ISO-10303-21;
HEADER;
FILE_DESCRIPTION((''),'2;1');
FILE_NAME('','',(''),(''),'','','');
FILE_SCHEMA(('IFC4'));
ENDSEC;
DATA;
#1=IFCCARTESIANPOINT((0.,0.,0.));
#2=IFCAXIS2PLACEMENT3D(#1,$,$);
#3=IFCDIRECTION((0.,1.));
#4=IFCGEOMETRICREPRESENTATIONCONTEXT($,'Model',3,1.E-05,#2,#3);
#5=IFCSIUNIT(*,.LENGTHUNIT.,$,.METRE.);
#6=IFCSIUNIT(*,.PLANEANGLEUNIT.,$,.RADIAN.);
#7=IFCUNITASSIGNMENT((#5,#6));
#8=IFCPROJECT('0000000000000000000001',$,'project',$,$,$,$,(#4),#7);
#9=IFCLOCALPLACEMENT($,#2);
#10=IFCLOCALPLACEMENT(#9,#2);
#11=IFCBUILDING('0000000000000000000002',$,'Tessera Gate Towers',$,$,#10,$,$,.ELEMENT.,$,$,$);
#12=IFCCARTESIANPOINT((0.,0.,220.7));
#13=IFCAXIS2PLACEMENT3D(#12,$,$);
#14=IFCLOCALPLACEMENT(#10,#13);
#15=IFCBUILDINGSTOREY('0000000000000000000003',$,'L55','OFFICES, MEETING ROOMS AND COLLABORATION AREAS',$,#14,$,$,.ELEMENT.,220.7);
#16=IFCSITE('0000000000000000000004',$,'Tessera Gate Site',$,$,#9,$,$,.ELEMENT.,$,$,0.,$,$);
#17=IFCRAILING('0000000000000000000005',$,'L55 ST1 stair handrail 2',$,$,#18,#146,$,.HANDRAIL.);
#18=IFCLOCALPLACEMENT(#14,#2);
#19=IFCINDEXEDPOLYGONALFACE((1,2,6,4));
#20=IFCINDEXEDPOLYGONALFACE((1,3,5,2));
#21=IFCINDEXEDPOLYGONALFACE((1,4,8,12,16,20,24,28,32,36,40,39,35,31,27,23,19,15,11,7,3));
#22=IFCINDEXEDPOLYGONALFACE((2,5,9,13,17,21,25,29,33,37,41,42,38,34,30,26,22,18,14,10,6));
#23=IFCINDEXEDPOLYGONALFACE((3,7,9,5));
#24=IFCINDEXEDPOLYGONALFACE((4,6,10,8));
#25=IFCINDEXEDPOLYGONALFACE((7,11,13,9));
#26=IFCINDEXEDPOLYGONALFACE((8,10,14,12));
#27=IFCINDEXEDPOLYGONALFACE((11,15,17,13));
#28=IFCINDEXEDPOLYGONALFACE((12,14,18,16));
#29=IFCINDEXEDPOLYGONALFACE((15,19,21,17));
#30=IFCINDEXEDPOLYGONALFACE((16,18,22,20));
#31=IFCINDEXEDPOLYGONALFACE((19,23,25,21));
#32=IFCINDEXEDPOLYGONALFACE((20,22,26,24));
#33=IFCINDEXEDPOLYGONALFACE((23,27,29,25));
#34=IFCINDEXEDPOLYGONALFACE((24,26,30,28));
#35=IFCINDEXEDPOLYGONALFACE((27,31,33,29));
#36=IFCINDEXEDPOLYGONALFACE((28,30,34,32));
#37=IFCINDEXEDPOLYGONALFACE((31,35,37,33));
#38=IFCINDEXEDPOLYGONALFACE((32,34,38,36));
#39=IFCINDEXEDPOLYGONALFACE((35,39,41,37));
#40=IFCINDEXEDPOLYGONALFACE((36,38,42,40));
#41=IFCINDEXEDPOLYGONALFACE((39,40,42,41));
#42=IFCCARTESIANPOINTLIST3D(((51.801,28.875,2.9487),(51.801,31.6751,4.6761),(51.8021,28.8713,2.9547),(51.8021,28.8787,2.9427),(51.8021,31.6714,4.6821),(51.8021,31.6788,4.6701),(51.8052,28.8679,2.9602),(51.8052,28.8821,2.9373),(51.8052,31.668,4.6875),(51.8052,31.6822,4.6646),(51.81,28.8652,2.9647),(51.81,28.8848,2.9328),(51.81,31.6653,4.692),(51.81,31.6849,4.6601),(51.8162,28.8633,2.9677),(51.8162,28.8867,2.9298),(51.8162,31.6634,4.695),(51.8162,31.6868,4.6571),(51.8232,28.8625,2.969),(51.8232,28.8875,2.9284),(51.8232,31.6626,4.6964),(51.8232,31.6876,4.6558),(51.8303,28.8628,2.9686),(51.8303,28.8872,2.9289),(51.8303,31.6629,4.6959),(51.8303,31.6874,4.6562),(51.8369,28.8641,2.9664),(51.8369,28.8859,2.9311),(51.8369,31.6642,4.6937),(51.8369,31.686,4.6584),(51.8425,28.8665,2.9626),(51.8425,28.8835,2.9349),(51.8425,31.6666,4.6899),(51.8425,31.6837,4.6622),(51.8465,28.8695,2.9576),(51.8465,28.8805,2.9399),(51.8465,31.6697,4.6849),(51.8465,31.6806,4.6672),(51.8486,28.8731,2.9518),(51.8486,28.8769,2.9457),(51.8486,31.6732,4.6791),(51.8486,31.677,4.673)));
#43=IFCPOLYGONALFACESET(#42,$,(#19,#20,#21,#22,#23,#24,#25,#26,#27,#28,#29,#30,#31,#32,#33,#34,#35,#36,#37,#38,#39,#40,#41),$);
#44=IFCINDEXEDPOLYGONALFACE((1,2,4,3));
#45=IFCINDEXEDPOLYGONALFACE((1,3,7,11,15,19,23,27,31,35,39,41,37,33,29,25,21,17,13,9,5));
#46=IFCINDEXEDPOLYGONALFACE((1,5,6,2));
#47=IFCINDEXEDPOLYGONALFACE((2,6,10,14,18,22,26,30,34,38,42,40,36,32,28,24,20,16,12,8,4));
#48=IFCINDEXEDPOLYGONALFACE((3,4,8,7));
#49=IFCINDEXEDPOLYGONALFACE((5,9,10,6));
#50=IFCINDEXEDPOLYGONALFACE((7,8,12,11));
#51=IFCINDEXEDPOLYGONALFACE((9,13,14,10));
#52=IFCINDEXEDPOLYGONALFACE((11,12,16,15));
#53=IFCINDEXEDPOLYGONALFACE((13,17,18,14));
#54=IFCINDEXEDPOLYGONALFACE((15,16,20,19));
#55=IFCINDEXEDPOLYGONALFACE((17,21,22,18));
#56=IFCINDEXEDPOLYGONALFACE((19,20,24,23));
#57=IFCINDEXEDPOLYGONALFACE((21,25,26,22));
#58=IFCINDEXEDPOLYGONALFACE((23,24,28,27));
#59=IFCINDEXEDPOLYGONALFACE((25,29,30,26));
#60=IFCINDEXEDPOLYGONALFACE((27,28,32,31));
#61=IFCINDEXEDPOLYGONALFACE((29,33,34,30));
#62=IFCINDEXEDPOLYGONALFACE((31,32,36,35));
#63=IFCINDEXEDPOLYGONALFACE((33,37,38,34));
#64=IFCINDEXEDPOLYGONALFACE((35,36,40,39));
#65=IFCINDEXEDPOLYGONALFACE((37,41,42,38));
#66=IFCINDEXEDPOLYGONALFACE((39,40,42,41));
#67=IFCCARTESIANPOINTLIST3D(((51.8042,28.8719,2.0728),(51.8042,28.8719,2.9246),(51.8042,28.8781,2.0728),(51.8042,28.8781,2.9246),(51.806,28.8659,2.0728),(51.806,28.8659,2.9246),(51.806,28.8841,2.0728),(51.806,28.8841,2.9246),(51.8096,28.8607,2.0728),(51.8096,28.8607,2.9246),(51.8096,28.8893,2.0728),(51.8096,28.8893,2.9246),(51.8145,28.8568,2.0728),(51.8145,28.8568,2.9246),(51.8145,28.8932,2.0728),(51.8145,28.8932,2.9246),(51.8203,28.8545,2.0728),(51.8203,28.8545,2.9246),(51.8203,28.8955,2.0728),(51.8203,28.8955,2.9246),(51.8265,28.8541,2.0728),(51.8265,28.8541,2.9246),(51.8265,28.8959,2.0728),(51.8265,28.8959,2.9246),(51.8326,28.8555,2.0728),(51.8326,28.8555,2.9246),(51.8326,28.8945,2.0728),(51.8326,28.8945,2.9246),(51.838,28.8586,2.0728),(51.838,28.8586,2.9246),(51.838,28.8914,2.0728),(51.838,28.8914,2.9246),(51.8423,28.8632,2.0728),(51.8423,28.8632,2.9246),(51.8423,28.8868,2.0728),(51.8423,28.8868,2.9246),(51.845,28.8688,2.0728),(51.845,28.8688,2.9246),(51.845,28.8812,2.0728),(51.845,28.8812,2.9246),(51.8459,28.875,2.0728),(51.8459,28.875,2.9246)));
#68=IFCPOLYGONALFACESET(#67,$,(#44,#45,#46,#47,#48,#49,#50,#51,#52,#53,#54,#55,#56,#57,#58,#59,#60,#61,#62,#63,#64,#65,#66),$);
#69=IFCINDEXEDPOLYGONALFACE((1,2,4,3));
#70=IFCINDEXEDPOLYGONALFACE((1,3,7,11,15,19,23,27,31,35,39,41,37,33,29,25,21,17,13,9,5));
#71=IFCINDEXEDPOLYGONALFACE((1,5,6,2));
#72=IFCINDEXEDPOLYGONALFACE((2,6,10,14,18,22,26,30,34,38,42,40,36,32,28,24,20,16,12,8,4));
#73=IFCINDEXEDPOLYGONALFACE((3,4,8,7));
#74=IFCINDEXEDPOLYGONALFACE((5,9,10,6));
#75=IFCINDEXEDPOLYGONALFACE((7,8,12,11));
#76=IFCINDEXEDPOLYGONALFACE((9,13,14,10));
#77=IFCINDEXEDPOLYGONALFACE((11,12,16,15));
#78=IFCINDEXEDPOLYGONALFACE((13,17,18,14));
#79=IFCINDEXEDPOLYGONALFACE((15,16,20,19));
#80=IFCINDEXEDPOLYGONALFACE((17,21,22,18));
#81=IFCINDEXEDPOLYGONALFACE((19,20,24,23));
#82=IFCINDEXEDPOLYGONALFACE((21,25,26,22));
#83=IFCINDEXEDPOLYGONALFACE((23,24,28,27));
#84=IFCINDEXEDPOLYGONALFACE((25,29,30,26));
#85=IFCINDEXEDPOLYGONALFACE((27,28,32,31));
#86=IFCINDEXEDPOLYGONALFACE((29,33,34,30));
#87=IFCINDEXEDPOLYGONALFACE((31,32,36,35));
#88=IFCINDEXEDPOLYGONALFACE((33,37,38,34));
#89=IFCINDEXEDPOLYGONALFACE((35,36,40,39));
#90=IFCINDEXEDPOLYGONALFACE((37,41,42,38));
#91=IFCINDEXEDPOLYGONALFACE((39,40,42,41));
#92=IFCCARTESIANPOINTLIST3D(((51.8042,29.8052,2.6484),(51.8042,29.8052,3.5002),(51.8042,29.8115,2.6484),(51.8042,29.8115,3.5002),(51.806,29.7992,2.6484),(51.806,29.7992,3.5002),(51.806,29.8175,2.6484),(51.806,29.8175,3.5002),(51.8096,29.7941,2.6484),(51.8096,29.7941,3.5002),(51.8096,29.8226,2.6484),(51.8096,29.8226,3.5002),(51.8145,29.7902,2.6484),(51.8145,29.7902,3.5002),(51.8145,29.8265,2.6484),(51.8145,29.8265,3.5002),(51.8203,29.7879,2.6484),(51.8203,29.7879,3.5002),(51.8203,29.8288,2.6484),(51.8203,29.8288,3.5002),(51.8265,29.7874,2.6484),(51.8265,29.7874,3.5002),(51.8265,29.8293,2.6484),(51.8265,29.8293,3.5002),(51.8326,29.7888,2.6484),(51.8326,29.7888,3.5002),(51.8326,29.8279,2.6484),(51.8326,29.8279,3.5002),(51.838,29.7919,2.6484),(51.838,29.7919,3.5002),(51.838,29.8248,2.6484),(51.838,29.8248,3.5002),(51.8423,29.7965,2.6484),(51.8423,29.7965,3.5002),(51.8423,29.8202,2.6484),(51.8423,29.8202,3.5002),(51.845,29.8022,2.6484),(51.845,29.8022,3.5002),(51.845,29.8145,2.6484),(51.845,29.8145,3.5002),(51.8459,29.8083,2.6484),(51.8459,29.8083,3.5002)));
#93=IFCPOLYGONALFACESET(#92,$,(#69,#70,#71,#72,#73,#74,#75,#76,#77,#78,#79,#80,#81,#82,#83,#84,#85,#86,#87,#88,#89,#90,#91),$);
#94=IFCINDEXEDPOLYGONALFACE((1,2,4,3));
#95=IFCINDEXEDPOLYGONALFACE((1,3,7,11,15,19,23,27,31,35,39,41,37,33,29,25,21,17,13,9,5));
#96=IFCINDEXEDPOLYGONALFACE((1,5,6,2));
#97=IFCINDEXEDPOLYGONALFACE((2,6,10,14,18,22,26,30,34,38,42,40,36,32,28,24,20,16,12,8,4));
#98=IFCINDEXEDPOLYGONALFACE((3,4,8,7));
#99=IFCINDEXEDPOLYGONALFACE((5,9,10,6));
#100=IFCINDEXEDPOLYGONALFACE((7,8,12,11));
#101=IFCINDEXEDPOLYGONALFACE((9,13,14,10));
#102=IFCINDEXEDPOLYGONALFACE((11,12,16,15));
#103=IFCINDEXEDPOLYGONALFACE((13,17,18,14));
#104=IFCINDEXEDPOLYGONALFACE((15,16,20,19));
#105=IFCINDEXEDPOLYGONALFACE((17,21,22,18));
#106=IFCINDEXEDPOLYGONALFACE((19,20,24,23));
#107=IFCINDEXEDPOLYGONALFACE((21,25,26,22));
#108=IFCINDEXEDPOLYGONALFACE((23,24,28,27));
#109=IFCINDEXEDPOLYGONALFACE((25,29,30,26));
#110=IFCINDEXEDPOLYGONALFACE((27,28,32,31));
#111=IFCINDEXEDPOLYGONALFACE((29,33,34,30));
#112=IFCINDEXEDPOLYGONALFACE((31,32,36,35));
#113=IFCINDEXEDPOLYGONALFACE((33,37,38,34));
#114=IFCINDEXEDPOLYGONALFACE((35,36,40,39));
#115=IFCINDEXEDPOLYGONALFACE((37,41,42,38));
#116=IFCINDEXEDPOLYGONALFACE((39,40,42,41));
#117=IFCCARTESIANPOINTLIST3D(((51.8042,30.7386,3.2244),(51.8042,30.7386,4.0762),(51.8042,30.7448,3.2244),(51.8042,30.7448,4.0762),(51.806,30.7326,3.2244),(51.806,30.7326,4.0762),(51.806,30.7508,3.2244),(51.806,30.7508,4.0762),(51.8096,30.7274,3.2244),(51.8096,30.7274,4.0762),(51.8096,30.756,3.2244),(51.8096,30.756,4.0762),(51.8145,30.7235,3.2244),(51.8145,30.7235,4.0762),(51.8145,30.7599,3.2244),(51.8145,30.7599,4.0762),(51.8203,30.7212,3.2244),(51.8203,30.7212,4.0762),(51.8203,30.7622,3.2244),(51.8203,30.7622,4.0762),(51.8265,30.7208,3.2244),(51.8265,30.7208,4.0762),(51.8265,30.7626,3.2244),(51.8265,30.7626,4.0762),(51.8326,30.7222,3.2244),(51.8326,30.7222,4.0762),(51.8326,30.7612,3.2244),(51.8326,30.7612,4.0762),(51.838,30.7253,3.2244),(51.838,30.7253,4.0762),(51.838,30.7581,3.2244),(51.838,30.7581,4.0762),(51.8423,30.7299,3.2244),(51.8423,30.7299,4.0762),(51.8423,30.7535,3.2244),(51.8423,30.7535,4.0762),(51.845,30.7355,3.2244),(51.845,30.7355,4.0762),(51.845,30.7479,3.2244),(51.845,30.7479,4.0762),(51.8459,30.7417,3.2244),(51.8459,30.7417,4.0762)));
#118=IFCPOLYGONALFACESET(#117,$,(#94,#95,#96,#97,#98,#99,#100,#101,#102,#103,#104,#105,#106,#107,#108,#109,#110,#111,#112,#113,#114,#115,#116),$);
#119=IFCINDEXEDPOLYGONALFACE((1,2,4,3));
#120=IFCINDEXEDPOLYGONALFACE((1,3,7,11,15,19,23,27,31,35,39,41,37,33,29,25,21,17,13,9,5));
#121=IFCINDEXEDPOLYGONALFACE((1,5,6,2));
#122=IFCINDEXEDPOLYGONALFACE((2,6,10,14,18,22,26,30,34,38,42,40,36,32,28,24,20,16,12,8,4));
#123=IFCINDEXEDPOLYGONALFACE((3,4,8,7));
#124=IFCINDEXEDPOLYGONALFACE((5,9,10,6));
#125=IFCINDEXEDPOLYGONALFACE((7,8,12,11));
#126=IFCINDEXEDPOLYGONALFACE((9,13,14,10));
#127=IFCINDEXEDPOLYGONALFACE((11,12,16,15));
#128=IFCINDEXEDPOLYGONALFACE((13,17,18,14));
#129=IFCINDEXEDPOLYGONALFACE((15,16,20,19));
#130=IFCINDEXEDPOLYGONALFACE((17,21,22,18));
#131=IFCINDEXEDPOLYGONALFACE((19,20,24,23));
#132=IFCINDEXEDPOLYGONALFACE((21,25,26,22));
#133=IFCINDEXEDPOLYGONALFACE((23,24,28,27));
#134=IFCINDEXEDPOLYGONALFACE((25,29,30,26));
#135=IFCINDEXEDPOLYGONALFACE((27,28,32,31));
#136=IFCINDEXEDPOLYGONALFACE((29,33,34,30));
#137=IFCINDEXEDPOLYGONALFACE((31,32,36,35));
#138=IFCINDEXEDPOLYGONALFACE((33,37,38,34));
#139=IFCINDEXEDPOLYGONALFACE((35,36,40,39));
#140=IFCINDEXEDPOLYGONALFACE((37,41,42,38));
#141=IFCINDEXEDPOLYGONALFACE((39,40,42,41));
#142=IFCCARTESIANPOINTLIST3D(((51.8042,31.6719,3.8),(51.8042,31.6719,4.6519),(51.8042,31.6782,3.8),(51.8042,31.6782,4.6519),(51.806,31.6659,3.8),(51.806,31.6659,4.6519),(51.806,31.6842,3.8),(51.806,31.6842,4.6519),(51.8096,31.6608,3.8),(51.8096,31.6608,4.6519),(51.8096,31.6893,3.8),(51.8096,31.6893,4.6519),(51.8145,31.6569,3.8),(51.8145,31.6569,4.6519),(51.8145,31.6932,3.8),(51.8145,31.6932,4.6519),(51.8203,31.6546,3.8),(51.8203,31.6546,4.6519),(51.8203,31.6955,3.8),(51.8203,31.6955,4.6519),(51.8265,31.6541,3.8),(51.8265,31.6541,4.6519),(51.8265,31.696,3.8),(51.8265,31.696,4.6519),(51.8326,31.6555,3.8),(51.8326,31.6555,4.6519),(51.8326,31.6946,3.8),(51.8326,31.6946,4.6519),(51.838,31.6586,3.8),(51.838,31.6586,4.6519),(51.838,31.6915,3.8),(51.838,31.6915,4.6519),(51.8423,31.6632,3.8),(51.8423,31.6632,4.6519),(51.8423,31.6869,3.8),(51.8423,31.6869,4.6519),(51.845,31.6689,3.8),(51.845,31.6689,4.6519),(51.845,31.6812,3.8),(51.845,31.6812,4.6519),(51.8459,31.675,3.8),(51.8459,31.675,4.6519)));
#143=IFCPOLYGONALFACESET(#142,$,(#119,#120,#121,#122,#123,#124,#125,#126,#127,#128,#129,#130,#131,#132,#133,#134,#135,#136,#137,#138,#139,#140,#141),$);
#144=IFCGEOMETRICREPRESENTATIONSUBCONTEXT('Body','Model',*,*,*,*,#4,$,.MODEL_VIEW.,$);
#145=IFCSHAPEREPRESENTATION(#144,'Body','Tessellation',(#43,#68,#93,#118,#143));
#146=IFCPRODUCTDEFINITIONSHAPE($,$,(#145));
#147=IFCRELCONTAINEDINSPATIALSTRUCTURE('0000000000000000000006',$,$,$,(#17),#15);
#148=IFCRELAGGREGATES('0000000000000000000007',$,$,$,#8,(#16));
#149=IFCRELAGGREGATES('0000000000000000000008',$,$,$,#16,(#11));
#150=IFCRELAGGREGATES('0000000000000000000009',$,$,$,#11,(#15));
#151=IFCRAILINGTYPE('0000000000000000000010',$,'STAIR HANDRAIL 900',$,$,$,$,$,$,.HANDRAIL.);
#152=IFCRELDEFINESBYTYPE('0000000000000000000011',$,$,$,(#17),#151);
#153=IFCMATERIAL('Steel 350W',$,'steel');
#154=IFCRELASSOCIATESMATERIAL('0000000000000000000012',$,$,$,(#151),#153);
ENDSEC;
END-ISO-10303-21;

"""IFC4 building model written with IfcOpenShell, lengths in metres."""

from ifc_helpers import new_model, si_unit, direction, frame, origin, origin_2d, place, context, subcontext, project, spatial, circle, extrude, material, type_object, element, save


model = new_model("IFC4")

# Units and contexts
model_context = context("Model", 3, precision=1e-05, world=origin(), true_north=direction((0.0, 1.0)))
body_context = subcontext(model_context, "Body", "Model", "MODEL_VIEW")
ifc_project = project(units=[si_unit("LENGTHUNIT", "METRE"), si_unit("PLANEANGLEUNIT", "RADIAN")], contexts=[model_context])

# Site, building, storey
site_placement = place(None, origin())
site = spatial("IfcSite", under=ifc_project, at=site_placement, Name="Tessera Gate Site", CompositionType="ELEMENT", RefElevation=0.0)
building_placement = place(site_placement, origin())
building = spatial("IfcBuilding", under=site, at=building_placement, Name="Tessera Gate Towers", CompositionType="ELEMENT")
storey_placement = place(building_placement, frame((0.0, 0.0, 220.7)))
storey = spatial("IfcBuildingStorey", under=building, at=storey_placement, Name="L55", Description="OFFICES, MEETING ROOMS AND COLLABORATION AREAS", CompositionType="ELEMENT", Elevation=220.7)

# Railing
ifc_material_1 = material(Name="Steel 350W", Category="steel")
railing_type = type_object("IfcRailingType", Name="STAIR HANDRAIL 900", PredefinedType="HANDRAIL", material=ifc_material_1)
railing_1_placement = place(storey_placement, frame((51.825, 28.875, 2.0728)))
element("IfcRailing", 1, at=railing_1_placement, inside=storey, type_object=railing_type, Name="L55 ST1 stair handrail 2", PredefinedType="HANDRAIL", context=body_context, shape_type="SweptSolid", body=[
    extrude(circle(Radius=0.0239, at=origin_2d()), frame((0.0, 0.0, 0.876), z_axis=(0.0, 0.85109, 0.52502), x_axis=(-1.0, 0.0, 0.0)), (0.0, 0.0, 1.0), 3.29),
    extrude(circle(Radius=0.021, at=origin_2d()), origin(), (0.0, 0.0, 1.0), 0.8518),
    extrude(circle(Radius=0.021, at=origin_2d()), frame((0.0, 0.9333, 0.5757)), (0.0, 0.0, 1.0), 0.8518),
    extrude(circle(Radius=0.021, at=origin_2d()), frame((0.0, 1.8667, 1.1516)), (0.0, 0.0, 1.0), 0.8518),
    extrude(circle(Radius=0.021, at=origin_2d()), frame((0.0, 2.8, 1.7273)), (0.0, 0.0, 1.0), 0.8518),
])

save(model, "model.ifc")
